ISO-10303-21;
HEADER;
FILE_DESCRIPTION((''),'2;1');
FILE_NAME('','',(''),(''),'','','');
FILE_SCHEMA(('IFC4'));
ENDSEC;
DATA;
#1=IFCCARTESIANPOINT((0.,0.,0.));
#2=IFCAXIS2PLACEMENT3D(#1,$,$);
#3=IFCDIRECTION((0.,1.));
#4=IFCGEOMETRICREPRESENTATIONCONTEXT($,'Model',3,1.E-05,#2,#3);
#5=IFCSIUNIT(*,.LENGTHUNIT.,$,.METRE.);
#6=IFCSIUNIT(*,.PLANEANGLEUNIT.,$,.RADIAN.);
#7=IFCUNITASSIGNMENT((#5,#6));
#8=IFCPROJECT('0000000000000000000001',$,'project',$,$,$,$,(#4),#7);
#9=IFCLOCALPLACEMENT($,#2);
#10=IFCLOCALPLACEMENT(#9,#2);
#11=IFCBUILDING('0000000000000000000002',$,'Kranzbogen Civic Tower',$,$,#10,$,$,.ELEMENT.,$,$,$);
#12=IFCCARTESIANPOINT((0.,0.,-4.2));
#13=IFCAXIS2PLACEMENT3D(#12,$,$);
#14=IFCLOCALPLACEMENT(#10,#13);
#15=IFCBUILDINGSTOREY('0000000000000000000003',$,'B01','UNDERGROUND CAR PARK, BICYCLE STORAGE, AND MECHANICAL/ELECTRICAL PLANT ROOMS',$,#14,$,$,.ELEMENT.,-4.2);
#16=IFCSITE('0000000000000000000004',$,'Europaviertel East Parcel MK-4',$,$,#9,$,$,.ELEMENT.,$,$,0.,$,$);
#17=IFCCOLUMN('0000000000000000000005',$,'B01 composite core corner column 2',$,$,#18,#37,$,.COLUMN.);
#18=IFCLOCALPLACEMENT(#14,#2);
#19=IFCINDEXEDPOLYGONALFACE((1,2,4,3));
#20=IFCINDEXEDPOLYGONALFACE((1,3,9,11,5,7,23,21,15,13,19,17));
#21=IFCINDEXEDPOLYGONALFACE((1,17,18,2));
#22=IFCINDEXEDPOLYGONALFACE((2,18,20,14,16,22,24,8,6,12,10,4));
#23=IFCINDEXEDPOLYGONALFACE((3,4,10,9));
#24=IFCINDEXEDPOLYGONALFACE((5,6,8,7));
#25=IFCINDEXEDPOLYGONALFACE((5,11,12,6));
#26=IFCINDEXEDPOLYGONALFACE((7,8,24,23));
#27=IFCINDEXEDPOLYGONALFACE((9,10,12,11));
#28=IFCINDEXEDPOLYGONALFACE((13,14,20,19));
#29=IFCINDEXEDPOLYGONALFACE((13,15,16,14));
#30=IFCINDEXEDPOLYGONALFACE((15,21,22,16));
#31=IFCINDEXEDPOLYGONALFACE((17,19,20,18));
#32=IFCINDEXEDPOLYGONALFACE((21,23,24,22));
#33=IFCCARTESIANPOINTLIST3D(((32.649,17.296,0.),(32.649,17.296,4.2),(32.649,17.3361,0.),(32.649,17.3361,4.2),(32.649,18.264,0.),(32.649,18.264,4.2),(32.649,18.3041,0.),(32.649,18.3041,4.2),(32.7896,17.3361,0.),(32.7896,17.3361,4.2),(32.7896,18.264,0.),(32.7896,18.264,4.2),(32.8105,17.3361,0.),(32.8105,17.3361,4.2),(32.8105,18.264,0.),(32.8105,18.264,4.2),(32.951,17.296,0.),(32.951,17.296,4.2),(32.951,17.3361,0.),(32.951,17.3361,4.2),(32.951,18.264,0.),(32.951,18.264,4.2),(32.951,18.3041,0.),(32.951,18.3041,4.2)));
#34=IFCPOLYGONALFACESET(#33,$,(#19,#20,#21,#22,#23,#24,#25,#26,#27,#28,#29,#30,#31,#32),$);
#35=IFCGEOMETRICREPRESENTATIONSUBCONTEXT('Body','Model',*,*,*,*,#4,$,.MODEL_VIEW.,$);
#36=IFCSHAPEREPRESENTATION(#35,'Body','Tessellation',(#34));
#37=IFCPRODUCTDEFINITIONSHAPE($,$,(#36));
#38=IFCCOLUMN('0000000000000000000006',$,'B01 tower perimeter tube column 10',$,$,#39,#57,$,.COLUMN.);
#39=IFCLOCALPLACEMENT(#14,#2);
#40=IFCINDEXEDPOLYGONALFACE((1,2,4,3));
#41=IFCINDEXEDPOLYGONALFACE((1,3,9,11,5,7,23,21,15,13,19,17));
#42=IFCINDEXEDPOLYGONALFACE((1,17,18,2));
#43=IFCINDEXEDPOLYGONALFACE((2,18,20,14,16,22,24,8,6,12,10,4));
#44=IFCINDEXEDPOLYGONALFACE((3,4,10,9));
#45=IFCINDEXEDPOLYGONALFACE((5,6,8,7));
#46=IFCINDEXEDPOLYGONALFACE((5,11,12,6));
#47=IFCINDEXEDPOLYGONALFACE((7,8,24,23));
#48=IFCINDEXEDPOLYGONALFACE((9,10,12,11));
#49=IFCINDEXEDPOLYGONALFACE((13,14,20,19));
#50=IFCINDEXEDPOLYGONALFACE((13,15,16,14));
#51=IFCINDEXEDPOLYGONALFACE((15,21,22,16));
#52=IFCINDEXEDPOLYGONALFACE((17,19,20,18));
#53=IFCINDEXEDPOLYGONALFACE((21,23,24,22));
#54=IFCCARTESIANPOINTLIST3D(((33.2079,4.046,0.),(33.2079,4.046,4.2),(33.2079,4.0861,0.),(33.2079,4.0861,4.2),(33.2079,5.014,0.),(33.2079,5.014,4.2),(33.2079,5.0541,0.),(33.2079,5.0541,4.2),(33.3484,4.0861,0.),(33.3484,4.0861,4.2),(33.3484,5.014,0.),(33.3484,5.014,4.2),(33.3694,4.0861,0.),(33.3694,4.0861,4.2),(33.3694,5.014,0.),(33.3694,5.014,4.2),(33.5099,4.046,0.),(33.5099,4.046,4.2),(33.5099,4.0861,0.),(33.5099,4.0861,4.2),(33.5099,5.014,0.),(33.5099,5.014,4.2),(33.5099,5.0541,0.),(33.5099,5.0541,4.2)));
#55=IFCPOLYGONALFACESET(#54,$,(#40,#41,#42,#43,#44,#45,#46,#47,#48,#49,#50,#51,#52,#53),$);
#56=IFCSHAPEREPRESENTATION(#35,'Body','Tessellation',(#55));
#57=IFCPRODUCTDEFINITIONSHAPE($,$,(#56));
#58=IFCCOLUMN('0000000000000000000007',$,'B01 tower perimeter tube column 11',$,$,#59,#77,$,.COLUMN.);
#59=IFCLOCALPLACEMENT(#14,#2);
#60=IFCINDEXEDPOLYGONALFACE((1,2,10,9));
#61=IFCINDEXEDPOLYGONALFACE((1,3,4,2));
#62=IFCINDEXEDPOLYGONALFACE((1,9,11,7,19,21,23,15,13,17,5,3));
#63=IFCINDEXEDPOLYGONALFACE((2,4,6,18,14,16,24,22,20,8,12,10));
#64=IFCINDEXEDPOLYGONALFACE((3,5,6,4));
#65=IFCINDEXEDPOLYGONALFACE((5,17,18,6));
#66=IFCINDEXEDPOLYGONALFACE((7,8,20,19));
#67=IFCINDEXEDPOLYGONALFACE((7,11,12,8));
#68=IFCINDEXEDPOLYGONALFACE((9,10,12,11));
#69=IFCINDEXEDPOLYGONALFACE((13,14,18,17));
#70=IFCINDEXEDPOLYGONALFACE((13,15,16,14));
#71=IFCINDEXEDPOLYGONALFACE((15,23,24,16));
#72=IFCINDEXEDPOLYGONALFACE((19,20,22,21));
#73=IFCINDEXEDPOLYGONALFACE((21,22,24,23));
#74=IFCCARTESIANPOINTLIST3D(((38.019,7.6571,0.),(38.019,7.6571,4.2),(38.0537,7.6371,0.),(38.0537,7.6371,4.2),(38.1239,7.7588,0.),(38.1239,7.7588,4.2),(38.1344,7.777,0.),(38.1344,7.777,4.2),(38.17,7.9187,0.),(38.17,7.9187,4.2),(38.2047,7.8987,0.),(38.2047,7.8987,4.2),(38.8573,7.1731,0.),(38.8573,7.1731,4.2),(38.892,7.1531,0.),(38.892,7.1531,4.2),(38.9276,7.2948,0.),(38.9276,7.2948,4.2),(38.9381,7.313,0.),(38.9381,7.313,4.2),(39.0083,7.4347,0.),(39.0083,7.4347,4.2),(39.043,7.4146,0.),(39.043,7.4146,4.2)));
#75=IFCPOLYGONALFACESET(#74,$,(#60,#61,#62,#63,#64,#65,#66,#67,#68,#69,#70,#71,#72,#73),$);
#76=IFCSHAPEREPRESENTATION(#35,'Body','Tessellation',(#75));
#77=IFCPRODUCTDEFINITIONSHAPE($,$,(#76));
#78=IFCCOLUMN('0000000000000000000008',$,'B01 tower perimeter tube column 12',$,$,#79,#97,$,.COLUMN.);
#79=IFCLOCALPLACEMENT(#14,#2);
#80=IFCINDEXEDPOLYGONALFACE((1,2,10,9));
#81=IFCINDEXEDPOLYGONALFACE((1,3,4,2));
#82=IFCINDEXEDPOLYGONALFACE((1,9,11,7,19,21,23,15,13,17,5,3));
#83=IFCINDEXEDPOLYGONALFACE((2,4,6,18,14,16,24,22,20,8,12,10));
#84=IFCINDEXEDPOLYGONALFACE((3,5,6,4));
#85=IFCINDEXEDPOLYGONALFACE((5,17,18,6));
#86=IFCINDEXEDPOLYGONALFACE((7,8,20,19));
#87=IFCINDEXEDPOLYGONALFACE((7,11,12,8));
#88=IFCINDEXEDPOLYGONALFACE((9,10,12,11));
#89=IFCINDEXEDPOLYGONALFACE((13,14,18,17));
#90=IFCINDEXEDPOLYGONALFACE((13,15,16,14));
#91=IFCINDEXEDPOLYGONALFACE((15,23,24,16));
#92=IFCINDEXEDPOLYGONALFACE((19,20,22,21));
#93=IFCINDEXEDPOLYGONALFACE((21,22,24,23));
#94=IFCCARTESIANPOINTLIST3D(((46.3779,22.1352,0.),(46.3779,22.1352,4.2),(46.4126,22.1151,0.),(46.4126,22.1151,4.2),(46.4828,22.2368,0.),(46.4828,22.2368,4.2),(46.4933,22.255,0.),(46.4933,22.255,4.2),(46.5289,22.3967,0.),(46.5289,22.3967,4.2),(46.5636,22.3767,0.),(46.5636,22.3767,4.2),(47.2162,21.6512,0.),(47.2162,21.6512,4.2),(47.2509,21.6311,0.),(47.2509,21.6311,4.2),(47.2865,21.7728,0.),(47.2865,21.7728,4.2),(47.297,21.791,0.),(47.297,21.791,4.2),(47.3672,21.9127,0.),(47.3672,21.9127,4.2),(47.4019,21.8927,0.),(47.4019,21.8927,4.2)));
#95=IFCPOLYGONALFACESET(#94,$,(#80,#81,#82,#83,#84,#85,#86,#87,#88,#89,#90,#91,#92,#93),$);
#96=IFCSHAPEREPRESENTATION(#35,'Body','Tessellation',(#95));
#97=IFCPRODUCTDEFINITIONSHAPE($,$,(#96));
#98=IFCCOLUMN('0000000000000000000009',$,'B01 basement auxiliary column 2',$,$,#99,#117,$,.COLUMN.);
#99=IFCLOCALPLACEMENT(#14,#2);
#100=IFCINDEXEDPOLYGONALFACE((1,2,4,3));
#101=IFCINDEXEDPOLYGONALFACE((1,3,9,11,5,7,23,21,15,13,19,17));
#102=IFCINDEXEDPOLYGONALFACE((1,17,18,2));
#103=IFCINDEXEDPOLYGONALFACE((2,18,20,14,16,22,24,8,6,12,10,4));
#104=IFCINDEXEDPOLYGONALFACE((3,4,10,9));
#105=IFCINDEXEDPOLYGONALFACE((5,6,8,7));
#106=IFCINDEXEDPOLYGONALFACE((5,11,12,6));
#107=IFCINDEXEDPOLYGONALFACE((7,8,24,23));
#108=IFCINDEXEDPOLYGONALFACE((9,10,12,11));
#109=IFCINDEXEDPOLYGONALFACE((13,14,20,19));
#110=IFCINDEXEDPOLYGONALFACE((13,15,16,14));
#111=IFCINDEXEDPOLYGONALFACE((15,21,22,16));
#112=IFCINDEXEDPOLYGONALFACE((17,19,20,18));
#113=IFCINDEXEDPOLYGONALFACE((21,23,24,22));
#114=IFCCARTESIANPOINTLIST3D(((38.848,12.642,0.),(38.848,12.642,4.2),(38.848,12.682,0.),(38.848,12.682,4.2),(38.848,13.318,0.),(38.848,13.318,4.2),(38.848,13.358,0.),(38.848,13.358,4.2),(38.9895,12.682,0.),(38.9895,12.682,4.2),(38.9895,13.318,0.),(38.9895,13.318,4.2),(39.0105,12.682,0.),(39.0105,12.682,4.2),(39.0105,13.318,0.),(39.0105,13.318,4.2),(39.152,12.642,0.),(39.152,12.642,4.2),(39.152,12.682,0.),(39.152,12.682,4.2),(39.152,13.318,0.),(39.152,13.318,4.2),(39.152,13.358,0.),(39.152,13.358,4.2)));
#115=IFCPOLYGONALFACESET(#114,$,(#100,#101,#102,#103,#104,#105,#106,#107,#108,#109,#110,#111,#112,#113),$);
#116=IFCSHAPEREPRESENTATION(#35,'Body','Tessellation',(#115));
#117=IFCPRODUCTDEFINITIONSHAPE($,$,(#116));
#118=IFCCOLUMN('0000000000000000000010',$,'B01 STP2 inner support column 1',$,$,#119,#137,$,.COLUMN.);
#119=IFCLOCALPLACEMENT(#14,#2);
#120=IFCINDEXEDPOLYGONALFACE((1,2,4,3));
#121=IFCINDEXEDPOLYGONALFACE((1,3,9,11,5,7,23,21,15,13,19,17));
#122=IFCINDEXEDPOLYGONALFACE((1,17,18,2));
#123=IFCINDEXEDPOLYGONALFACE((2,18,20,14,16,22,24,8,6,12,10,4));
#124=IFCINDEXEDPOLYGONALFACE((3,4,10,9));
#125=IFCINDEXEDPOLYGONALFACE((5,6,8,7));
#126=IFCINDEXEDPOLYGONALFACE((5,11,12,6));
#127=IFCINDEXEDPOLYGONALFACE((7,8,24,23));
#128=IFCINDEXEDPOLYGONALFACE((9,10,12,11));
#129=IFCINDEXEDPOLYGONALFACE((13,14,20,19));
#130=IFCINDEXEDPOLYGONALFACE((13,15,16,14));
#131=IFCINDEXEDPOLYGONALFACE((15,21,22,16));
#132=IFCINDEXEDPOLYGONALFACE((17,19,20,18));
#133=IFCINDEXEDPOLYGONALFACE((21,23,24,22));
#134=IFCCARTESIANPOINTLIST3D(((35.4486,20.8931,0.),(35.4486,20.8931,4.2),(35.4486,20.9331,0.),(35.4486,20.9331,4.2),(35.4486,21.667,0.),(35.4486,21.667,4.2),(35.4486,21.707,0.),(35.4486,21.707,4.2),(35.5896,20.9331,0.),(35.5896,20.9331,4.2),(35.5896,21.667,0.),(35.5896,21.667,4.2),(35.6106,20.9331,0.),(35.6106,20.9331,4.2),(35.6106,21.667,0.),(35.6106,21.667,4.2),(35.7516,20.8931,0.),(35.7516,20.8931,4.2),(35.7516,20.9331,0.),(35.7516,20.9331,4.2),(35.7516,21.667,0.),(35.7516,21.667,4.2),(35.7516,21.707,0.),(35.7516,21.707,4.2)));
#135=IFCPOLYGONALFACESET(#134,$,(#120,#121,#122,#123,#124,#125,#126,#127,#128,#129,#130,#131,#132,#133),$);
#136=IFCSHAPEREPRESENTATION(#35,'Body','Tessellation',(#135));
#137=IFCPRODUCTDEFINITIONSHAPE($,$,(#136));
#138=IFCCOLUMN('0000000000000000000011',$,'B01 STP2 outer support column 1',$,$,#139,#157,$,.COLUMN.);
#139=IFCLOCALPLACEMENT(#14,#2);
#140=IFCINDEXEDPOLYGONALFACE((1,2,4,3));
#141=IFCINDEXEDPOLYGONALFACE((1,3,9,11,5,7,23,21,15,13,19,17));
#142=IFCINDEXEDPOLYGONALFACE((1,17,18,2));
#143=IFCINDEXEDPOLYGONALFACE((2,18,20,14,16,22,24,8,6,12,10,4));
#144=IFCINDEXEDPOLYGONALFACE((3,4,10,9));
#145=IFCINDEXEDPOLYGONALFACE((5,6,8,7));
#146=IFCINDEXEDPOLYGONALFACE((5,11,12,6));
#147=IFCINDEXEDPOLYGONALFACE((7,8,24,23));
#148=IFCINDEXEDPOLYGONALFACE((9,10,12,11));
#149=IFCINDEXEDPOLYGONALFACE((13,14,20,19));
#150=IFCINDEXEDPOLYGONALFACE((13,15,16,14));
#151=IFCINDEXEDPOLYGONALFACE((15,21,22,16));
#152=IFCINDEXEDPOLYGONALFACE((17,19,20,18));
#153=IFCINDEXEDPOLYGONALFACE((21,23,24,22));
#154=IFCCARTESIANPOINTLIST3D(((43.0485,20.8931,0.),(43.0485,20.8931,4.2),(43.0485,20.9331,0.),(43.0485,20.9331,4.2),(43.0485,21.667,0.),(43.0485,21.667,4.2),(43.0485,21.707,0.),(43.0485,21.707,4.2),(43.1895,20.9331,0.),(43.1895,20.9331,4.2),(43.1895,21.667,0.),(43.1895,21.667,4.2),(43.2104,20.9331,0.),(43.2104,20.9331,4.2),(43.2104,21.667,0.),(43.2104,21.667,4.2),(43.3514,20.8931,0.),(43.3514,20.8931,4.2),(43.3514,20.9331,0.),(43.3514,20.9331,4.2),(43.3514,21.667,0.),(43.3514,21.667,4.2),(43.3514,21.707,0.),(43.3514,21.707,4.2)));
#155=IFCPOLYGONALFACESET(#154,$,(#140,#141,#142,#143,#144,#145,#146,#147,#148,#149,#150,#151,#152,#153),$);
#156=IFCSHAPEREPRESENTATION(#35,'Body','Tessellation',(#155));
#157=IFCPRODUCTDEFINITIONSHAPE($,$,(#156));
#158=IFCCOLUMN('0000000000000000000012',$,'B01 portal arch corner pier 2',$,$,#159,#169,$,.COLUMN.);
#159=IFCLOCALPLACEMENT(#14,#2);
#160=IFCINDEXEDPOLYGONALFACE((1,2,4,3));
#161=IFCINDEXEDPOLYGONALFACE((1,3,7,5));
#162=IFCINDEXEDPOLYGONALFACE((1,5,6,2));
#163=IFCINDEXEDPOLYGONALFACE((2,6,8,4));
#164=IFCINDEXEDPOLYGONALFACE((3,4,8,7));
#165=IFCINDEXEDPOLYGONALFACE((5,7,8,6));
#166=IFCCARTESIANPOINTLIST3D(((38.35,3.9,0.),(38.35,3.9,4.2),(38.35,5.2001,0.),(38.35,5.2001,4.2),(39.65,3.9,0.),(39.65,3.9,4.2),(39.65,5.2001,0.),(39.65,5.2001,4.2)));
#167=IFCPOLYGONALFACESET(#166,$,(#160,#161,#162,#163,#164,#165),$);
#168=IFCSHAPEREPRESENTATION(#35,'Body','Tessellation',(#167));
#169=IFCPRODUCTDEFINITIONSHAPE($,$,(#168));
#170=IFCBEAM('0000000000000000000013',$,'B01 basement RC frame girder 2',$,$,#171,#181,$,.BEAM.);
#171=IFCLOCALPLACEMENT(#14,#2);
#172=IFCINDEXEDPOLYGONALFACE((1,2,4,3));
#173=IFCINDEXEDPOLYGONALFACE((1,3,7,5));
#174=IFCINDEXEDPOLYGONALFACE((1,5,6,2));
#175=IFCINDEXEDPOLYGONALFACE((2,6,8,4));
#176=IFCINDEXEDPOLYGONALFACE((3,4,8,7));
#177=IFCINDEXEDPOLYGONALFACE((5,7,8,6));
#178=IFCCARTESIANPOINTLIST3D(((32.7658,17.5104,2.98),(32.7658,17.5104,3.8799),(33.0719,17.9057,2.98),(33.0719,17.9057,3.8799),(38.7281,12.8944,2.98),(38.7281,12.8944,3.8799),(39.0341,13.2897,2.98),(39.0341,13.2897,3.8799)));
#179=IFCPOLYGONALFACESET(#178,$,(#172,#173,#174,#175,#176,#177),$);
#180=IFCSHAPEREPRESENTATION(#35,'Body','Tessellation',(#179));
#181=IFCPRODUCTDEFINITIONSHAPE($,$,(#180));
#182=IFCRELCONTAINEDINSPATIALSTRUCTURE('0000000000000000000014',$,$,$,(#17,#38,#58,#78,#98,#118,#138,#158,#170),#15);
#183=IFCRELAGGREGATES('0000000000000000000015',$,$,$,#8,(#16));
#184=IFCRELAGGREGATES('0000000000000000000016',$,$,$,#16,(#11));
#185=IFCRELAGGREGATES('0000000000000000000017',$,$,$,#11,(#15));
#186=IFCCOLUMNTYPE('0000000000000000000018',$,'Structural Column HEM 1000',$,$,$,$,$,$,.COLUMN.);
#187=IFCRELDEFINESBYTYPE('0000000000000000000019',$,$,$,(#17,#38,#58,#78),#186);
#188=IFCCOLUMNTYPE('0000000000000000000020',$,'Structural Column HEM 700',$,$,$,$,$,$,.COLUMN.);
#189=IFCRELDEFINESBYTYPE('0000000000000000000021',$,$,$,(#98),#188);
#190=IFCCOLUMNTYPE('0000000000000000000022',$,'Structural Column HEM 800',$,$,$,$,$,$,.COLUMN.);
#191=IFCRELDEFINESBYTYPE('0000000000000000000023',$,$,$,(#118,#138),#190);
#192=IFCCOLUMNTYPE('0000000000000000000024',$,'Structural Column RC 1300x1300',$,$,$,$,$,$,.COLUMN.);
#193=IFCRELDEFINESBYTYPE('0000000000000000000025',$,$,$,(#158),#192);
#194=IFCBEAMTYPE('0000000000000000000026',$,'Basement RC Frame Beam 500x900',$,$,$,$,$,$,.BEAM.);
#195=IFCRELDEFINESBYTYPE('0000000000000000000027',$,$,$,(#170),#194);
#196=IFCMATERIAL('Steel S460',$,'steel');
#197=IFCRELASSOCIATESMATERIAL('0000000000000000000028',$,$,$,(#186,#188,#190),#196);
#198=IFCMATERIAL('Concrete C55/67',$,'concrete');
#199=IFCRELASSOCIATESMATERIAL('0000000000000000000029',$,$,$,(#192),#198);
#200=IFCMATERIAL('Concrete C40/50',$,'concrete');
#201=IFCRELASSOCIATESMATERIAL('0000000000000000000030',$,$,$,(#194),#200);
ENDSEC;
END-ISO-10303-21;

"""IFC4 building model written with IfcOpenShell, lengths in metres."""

from ifc_helpers import new_model, si_unit, direction, frame, origin, origin_2d, place, context, subcontext, project, spatial, rectangle, i_section, extrude, material, material_profile, profile_set, type_object, element, save


model = new_model("IFC4")

# Units and contexts
model_context = context("Model", 3, precision=1e-05, world=origin(), true_north=direction((0.0, 1.0)))
body_context = subcontext(model_context, "Body", "Model", "MODEL_VIEW")
ifc_project = project(units=[si_unit("LENGTHUNIT", "METRE"), si_unit("PLANEANGLEUNIT", "RADIAN")], contexts=[model_context])

# Site, building, storey
site_placement = place(None, origin())
site = spatial("IfcSite", under=ifc_project, at=site_placement, Name="Europaviertel East Parcel MK-4", CompositionType="ELEMENT", RefElevation=0.0)
building_placement = place(site_placement, origin())
building = spatial("IfcBuilding", under=site, at=building_placement, Name="Kranzbogen Civic Tower", CompositionType="ELEMENT")
storey_placement = place(building_placement, frame((0.0, 0.0, -4.2)))
storey = spatial("IfcBuildingStorey", under=building, at=storey_placement, Name="B01", Description="UNDERGROUND CAR PARK, BICYCLE STORAGE, AND MECHANICAL/ELECTRICAL PLANT ROOMS", CompositionType="ELEMENT", Elevation=-4.2)

# Columns
ifc_material_1 = material(Name="Steel S460", Category="steel")
ifc_material_profile_1 = material_profile(ifc_material_1, i_section(OverallWidth=0.302, OverallDepth=1.0081, WebThickness=0.021, FlangeThickness=0.04, at=origin_2d()), Name="HEM 1000")
ifc_profile_set_1 = profile_set([ifc_material_profile_1], Name="Steel S460")
column_type_1 = type_object("IfcColumnType", Name="Structural Column HEM 1000", PredefinedType="COLUMN", material=ifc_profile_set_1)
for number, where, z_axis, x_axis, name in (
    (1, (32.8, 17.8, 0.0), (0.0, 0.0, 1.0), (1.0, 0.0, 0.0), "B01 composite core corner column 2"),
    (2, (33.3589, 4.55, 0.0), (0.0, 0.0, 1.0), (1.0, 0.0, 0.0), "B01 tower perimeter tube column 10"),
    (3, (38.531, 7.5359, 0.0), (0.0, 0.0, 1.0), (0.5, 0.866025, 0.0), "B01 tower perimeter tube column 11"),
    (4, (46.8899, 22.0139, 0.0), (0.0, 0.0, 1.0), (0.5, 0.866025, 0.0), "B01 tower perimeter tube column 12"),
):
    element("IfcColumn", number, at=place(storey_placement, frame(where, z_axis=z_axis, x_axis=x_axis)), inside=storey, type_object=column_type_1, Name=name, PredefinedType="COLUMN", context=body_context, shape_type="SweptSolid", body=[
        extrude(i_section(OverallWidth=0.302, OverallDepth=1.0081, WebThickness=0.021, FlangeThickness=0.04, at=origin_2d()), origin(), (0.0, 0.0, 1.0), 4.2),
    ])
ifc_material_profile_2 = material_profile(ifc_material_1, i_section(OverallWidth=0.304, OverallDepth=0.7161, WebThickness=0.021, FlangeThickness=0.04, at=origin_2d()), Name="HEM 700")
ifc_profile_set_2 = profile_set([ifc_material_profile_2], Name="Steel S460")
column_type_2 = type_object("IfcColumnType", Name="Structural Column HEM 700", PredefinedType="COLUMN", material=ifc_profile_set_2)
column_1_placement = place(storey_placement, frame((39.0, 13.0, 0.0), z_axis=(0.0, 0.0, 1.0), x_axis=(1.0, 0.0, 0.0)))
element("IfcColumn", 5, at=column_1_placement, inside=storey, type_object=column_type_2, Name="B01 basement auxiliary column 2", PredefinedType="COLUMN", context=body_context, shape_type="SweptSolid", body=[
    extrude(i_section(OverallWidth=0.304, OverallDepth=0.7161, WebThickness=0.021, FlangeThickness=0.04, at=origin_2d()), origin(), (0.0, 0.0, 1.0), 4.2),
])
ifc_material_profile_3 = material_profile(ifc_material_1, i_section(OverallWidth=0.303, OverallDepth=0.814, WebThickness=0.021, FlangeThickness=0.04, at=origin_2d()), Name="HEM 800")
ifc_profile_set_3 = profile_set([ifc_material_profile_3], Name="Steel S460")
column_type_3 = type_object("IfcColumnType", Name="Structural Column HEM 800", PredefinedType="COLUMN", material=ifc_profile_set_3)
for number, where, z_axis, x_axis, name in (
    (6, (35.6001, 21.3, 0.0), (0.0, 0.0, 1.0), (1.0, 0.0, 0.0), "B01 STP2 inner support column 1"),
    (7, (43.2, 21.3, 0.0), (0.0, 0.0, 1.0), (1.0, 0.0, 0.0), "B01 STP2 outer support column 1"),
):
    element("IfcColumn", number, at=place(storey_placement, frame(where, z_axis=z_axis, x_axis=x_axis)), inside=storey, type_object=column_type_3, Name=name, PredefinedType="COLUMN", context=body_context, shape_type="SweptSolid", body=[
        extrude(i_section(OverallWidth=0.303, OverallDepth=0.814, WebThickness=0.021, FlangeThickness=0.04, at=origin_2d()), origin(), (0.0, 0.0, 1.0), 4.2),
    ])
ifc_material_2 = material(Name="Concrete C55/67", Category="concrete")
ifc_material_profile_4 = material_profile(ifc_material_2, rectangle(XDim=1.3, YDim=1.3, at=origin_2d()), Name="RC 1300x1300")
ifc_profile_set_4 = profile_set([ifc_material_profile_4], Name="Concrete C55/67")
column_type_4 = type_object("IfcColumnType", Name="Structural Column RC 1300x1300", PredefinedType="COLUMN", material=ifc_profile_set_4)
column_2_placement = place(storey_placement, frame((39.0, 4.55, 0.0), z_axis=(0.0, 0.0, 1.0), x_axis=(1.0, 0.0, 0.0)))
element("IfcColumn", 8, at=column_2_placement, inside=storey, type_object=column_type_4, Name="B01 portal arch corner pier 2", PredefinedType="COLUMN", context=body_context, shape_type="SweptSolid", body=[
    extrude(rectangle(XDim=1.3, YDim=1.3, at=origin_2d()), origin(), (0.0, 0.0, 1.0), 4.2),
])

# Beam
ifc_material_3 = material(Name="Concrete C40/50", Category="concrete")
ifc_material_profile_5 = material_profile(ifc_material_3, rectangle(XDim=0.5, YDim=0.8999, at=origin_2d()), Name="RC-BM 500x900")
ifc_profile_set_5 = profile_set([ifc_material_profile_5], Name="Concrete C40/50")
beam_type_1 = type_object("IfcBeamType", Name="Basement RC Frame Beam 500x900", PredefinedType="BEAM", material=ifc_profile_set_5)
beam_1_placement = place(storey_placement, frame((38.8811, 13.092, 3.4299), z_axis=(-0.790717, 0.612182, 0.0), x_axis=(-0.612182, -0.790717, 0.0)))
element("IfcBeam", 9, at=beam_1_placement, inside=storey, type_object=beam_type_1, Name="B01 basement RC frame girder 2", PredefinedType="BEAM", context=body_context, shape_type="SweptSolid", body=[
    extrude(rectangle(XDim=0.5, YDim=0.8999, at=origin_2d()), origin(), (0.0, 0.0, 1.0), 7.5403),
])

save(model, "model.ifc")
